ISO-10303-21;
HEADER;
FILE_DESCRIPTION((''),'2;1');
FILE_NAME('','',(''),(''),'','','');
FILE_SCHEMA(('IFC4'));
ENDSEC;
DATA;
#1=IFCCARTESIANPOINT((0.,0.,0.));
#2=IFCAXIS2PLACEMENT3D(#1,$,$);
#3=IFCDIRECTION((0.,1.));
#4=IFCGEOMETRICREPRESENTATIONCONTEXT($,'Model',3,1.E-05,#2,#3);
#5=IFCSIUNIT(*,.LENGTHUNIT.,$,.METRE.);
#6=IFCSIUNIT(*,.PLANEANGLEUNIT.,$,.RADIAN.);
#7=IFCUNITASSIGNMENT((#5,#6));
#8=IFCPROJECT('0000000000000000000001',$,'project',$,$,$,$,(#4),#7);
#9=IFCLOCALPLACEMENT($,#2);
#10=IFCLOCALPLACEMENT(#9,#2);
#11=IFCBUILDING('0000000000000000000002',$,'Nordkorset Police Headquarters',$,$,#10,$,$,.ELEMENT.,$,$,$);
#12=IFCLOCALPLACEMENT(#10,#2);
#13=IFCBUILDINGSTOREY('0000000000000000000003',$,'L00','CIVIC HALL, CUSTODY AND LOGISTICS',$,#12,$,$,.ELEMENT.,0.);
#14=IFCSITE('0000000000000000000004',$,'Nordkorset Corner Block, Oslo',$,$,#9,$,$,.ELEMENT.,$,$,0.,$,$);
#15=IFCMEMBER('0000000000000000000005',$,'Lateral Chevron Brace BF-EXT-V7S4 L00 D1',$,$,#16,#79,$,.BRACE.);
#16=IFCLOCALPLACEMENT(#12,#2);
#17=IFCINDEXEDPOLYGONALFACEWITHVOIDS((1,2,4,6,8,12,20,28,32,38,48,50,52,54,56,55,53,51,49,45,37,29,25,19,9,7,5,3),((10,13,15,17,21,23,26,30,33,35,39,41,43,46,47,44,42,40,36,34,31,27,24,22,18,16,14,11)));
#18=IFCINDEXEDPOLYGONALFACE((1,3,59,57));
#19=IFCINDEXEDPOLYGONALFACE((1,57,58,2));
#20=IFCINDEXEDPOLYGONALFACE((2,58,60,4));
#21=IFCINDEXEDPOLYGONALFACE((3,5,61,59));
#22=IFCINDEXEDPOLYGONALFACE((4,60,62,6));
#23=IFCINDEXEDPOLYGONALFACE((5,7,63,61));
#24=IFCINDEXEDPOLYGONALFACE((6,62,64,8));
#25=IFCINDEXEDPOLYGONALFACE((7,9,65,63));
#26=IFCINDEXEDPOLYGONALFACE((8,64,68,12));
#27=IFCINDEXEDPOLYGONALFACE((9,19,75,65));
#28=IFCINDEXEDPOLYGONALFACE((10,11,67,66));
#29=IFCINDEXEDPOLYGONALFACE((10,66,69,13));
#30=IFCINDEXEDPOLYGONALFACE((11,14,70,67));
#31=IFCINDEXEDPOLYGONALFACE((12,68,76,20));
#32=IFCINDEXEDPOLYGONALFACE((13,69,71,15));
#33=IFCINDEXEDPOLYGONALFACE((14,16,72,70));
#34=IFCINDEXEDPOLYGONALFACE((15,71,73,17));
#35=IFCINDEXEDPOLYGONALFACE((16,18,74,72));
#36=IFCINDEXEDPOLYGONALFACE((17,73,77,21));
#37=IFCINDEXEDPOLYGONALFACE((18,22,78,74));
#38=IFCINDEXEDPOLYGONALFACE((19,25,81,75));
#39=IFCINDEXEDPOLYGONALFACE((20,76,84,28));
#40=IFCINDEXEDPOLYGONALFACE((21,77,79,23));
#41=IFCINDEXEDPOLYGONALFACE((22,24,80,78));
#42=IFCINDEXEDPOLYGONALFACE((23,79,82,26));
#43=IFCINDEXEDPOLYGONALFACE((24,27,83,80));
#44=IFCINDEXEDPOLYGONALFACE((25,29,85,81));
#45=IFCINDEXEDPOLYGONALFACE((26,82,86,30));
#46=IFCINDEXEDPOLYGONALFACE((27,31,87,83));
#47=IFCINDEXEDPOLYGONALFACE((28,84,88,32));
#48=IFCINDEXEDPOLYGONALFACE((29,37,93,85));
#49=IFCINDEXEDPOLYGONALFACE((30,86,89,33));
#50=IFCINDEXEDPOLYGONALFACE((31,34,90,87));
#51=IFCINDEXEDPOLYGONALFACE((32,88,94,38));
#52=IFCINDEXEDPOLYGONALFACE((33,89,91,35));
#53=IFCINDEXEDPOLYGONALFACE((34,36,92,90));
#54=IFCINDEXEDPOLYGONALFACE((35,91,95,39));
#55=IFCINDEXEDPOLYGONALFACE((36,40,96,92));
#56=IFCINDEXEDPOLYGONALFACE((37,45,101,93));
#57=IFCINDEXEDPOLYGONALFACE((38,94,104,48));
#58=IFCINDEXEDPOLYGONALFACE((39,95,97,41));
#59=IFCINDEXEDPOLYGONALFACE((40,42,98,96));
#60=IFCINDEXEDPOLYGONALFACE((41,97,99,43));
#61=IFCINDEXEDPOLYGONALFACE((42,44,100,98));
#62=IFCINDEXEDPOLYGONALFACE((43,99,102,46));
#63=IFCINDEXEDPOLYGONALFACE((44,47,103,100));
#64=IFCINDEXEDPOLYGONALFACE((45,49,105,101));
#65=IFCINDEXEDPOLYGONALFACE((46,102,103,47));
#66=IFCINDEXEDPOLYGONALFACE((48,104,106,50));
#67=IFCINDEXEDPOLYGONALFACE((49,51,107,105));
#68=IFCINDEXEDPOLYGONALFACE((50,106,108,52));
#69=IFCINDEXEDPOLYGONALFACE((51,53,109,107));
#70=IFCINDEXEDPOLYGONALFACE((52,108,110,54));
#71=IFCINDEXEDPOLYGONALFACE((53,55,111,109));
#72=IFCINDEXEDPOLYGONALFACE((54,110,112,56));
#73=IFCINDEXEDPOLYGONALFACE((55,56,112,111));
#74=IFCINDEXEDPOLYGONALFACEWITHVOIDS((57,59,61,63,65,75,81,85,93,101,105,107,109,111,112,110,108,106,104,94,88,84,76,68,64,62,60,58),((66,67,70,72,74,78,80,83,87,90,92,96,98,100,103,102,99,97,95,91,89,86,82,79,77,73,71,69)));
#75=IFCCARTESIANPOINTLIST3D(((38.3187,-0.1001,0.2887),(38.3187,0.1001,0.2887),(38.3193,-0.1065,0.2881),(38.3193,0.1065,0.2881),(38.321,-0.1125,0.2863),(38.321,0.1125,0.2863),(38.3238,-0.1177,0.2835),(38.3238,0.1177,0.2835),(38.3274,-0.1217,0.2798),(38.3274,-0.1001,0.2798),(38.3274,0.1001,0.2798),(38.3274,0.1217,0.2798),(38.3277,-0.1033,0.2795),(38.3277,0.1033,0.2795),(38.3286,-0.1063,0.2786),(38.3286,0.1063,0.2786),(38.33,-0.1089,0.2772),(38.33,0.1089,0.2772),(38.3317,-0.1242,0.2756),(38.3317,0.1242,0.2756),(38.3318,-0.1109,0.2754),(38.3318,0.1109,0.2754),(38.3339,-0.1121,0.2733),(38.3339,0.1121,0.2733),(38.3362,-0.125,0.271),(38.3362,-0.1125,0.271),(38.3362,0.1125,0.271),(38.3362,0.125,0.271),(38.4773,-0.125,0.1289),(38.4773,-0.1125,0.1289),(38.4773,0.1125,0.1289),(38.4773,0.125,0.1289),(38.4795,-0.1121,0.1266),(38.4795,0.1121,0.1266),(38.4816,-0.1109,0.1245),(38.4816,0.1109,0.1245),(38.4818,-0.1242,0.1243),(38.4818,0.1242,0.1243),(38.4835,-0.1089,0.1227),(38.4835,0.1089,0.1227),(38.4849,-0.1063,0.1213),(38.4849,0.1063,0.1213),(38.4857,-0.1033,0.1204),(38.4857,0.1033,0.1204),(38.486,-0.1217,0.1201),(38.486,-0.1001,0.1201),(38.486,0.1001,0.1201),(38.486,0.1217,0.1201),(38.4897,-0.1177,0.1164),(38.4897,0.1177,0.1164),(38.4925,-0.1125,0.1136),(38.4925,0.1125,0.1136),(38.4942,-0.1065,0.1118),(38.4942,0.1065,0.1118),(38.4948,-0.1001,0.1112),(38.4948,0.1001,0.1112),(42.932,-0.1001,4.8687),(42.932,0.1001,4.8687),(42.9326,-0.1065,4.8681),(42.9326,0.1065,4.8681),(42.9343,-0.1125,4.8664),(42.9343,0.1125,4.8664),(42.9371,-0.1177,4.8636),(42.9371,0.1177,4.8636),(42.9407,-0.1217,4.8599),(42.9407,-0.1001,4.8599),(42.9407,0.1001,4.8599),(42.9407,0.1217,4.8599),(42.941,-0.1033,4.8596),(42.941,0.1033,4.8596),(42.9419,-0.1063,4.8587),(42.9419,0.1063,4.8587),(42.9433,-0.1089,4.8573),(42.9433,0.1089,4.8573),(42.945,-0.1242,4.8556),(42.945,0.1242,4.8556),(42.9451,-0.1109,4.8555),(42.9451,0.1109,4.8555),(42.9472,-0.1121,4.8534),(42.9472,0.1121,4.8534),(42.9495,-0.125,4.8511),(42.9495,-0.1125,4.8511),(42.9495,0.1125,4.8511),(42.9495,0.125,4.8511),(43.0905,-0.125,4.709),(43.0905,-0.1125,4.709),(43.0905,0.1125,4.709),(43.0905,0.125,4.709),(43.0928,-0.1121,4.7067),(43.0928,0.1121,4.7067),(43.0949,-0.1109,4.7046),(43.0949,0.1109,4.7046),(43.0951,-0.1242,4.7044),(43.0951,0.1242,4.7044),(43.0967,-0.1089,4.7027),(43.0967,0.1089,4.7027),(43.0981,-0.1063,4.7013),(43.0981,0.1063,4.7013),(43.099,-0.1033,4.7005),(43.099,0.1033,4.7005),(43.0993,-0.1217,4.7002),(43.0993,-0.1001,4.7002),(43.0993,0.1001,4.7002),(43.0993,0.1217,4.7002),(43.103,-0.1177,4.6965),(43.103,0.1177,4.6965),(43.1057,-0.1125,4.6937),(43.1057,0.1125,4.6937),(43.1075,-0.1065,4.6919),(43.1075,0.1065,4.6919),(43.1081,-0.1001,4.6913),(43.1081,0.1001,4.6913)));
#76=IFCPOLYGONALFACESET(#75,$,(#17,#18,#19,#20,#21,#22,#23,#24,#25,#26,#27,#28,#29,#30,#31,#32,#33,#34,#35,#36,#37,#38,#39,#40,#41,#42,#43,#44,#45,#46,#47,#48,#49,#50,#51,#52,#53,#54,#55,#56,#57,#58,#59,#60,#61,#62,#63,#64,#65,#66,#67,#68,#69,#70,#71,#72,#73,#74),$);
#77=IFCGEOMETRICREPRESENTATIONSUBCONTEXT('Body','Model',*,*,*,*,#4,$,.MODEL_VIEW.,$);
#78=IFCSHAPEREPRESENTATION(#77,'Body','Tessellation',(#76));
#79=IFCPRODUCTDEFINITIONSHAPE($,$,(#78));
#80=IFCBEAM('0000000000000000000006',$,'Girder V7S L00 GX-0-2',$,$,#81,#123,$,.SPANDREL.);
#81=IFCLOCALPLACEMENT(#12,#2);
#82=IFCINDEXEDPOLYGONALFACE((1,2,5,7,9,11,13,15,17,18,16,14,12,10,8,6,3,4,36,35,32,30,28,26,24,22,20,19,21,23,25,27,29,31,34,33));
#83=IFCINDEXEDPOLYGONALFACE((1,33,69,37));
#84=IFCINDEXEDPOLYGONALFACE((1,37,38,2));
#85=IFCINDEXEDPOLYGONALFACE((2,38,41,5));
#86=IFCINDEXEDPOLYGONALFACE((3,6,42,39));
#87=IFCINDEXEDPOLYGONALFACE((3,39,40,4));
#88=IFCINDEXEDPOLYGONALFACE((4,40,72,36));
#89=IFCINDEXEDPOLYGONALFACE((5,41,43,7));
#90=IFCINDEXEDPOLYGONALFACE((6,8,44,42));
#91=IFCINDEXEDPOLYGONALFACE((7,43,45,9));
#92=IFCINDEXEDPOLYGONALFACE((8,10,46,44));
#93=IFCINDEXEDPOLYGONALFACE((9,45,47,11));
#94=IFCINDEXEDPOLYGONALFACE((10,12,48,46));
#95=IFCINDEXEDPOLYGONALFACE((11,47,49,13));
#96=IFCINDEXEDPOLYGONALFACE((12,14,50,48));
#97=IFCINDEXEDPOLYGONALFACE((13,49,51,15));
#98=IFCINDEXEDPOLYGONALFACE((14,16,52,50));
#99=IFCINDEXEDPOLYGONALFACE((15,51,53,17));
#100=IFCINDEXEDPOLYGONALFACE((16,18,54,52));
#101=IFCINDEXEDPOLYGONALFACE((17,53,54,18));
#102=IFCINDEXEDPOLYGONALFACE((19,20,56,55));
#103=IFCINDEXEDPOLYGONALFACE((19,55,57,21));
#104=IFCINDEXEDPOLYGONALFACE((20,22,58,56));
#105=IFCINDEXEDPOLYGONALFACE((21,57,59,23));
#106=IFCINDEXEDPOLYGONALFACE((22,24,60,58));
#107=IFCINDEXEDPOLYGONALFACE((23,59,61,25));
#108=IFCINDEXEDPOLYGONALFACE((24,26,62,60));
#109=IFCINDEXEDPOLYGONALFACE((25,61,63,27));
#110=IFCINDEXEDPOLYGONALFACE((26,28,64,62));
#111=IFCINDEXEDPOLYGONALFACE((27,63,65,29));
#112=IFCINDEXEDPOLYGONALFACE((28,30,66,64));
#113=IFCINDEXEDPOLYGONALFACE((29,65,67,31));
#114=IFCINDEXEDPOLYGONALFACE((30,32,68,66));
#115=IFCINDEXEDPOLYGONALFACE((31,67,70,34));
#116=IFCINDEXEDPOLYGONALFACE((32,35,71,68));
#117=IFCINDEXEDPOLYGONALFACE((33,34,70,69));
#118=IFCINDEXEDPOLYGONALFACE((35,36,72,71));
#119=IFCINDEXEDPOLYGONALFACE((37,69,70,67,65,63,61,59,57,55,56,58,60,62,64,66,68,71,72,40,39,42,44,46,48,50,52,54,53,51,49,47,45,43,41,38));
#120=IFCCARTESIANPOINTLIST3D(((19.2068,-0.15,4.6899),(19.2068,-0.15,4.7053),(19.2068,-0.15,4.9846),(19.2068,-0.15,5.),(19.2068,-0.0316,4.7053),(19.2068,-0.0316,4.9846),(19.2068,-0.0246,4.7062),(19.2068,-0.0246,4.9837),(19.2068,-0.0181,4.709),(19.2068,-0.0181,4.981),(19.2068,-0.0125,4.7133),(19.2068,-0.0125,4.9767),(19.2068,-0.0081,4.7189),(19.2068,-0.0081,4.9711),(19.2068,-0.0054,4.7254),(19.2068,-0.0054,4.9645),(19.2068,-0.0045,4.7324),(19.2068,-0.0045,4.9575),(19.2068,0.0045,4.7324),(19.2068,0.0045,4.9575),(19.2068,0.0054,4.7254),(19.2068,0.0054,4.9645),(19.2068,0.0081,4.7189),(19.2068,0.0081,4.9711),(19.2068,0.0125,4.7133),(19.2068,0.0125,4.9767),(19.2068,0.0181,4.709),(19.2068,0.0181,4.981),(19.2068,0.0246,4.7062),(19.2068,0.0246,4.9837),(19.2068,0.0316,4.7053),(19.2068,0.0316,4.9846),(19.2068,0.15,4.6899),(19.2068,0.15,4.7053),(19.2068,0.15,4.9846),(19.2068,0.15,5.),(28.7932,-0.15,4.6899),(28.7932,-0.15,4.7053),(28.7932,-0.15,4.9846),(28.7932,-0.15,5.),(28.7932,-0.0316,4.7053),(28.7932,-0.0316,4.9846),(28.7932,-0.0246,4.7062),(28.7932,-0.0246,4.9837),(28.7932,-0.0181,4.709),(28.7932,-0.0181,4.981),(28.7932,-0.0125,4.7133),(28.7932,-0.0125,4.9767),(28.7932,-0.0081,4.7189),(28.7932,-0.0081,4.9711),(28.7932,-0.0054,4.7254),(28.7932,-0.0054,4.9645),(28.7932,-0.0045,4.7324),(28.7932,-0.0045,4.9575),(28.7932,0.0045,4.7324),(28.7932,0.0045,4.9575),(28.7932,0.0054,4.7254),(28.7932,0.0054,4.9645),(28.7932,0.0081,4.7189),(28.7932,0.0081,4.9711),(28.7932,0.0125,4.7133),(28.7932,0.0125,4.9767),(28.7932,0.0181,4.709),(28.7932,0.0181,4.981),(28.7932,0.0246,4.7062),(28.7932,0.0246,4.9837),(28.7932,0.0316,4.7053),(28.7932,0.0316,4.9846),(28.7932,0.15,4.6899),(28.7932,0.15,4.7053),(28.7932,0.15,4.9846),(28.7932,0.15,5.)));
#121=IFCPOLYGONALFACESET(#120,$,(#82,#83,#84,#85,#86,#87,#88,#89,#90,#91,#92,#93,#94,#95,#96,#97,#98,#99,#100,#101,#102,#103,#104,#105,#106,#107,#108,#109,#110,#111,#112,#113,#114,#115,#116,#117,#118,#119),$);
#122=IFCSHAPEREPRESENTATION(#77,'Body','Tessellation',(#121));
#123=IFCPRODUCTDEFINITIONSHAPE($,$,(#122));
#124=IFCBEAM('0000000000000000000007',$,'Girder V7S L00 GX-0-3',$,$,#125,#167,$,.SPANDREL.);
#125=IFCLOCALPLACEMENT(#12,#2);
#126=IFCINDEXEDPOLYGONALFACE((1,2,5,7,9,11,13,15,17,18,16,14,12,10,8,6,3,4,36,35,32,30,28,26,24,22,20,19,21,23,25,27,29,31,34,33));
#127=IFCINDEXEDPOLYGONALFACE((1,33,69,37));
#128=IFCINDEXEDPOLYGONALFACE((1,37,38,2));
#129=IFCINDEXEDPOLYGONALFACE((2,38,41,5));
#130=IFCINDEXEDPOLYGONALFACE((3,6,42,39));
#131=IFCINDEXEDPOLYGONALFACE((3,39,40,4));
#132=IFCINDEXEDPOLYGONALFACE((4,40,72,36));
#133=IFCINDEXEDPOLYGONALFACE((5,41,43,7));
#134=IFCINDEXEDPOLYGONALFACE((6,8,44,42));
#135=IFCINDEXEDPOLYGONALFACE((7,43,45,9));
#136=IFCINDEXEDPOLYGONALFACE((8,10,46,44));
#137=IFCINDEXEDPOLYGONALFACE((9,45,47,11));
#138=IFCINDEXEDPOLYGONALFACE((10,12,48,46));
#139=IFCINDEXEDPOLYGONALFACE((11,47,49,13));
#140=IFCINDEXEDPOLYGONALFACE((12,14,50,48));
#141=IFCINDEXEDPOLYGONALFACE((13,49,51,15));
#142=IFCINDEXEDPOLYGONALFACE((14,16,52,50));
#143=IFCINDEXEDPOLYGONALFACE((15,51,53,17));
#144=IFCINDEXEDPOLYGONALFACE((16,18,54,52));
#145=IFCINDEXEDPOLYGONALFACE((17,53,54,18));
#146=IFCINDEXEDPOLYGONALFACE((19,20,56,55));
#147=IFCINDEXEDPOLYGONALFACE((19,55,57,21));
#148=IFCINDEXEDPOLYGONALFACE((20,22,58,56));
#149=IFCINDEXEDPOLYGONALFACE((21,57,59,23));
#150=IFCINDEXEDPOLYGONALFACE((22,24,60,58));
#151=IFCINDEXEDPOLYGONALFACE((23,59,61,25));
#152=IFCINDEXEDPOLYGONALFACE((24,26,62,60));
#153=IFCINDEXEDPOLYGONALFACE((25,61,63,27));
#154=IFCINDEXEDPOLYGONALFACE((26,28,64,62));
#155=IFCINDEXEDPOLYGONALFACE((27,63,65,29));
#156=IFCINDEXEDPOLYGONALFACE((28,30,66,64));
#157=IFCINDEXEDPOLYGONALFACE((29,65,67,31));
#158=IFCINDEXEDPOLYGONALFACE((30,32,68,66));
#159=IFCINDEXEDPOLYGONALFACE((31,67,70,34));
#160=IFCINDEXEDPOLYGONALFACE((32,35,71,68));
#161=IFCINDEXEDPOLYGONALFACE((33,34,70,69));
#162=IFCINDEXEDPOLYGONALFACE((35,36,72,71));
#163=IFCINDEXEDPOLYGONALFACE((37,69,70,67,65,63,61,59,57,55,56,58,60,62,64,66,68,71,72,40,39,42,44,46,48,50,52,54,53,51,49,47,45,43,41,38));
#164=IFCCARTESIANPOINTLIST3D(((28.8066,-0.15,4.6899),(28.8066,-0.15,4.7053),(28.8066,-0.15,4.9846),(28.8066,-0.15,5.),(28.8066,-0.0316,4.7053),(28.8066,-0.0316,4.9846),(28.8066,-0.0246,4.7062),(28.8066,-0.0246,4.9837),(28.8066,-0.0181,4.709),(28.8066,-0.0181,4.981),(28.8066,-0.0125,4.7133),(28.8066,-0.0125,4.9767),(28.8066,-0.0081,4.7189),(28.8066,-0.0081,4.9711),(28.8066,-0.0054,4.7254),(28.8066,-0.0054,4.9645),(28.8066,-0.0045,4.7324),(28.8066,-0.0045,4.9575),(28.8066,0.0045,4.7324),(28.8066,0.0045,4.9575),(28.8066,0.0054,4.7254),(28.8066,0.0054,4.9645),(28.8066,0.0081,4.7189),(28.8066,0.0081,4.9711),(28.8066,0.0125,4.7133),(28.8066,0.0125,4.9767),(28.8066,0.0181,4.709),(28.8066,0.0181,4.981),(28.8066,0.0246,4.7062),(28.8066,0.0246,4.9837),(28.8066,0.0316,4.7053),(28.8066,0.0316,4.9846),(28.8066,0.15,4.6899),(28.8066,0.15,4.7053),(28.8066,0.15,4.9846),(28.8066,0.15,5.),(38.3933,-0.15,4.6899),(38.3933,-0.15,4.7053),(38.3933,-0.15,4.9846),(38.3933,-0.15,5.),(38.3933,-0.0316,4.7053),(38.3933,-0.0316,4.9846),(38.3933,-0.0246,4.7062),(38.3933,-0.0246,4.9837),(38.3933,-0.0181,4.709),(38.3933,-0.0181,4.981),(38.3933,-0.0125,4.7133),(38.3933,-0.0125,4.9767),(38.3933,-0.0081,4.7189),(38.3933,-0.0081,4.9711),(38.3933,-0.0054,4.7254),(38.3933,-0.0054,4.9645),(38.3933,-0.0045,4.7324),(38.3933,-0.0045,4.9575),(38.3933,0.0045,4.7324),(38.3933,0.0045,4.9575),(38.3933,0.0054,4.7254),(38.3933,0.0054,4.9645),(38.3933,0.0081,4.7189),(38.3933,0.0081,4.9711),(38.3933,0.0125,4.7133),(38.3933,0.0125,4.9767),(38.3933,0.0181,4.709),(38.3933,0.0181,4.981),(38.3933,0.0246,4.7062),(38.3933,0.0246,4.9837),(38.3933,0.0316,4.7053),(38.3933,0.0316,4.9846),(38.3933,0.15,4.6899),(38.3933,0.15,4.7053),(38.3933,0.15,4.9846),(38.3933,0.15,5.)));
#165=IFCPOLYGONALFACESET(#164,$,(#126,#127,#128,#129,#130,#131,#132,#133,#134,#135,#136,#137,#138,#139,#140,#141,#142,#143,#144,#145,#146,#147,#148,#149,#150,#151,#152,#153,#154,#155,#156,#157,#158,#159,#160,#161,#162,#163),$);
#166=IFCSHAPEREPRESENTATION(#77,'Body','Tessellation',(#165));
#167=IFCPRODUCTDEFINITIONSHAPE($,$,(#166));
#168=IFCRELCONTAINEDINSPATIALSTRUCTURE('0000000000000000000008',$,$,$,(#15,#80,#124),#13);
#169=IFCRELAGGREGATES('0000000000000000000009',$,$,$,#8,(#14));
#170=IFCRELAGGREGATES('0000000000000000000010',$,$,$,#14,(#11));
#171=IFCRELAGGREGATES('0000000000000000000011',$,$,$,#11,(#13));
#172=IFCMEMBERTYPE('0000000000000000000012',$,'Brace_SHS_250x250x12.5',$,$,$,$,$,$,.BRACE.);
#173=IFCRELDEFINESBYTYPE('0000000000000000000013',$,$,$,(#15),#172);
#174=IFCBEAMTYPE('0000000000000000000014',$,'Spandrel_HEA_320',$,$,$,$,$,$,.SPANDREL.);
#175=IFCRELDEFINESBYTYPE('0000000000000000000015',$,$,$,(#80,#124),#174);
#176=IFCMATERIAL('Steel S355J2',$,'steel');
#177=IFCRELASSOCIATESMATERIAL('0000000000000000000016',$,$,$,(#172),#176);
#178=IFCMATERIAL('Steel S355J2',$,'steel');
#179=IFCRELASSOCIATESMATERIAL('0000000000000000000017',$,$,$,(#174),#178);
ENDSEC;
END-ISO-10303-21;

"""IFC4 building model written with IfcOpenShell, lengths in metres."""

from ifc_helpers import new_model, si_unit, direction, frame, origin, origin_2d, place, context, subcontext, project, spatial, hollow_rectangle, i_section, extrude, material, material_profile, profile_set, type_object, element, save


model = new_model("IFC4")

# Units and contexts
model_context = context("Model", 3, precision=1e-05, world=origin(), true_north=direction((0.0, 1.0)))
body_context = subcontext(model_context, "Body", "Model", "MODEL_VIEW")
ifc_project = project(units=[si_unit("LENGTHUNIT", "METRE"), si_unit("PLANEANGLEUNIT", "RADIAN")], contexts=[model_context])

# Site, building, storey
site_placement = place(None, origin())
site = spatial("IfcSite", under=ifc_project, at=site_placement, Name="Nordkorset Corner Block, Oslo", CompositionType="ELEMENT", RefElevation=0.0)
building_placement = place(site_placement, origin())
building = spatial("IfcBuilding", under=site, at=building_placement, Name="Nordkorset Police Headquarters", CompositionType="ELEMENT")
storey_placement = place(building_placement, origin())
storey = spatial("IfcBuildingStorey", under=building, at=storey_placement, Name="L00", Description="CIVIC HALL, CUSTODY AND LOGISTICS", CompositionType="ELEMENT", Elevation=0.0)

# Member
ifc_material_1 = material(Name="Steel S355J2", Category="steel")
ifc_material_profile_1 = material_profile(ifc_material_1, hollow_rectangle(XDim=0.25, YDim=0.25, WallThickness=0.0125, InnerFilletRadius=0.0125, OuterFilletRadius=0.0249, at=origin_2d()), Name="SHS 250x250x12.5")
ifc_profile_set_1 = profile_set([ifc_material_profile_1], Name="Steel S355J2")
member_type = type_object("IfcMemberType", Name="Brace_SHS_250x250x12.5", PredefinedType="BRACE", material=ifc_profile_set_1)
member_placement = place(storey_placement, frame((38.4067, 0.0, 0.2), z_axis=(0.709656, 0.0, 0.704548), x_axis=(0.0, 1.0, 0.0)))
element("IfcMember", 1, at=member_placement, inside=storey, type_object=member_type, Name="Lateral Chevron Brace BF-EXT-V7S4 L00 D1", PredefinedType="BRACE", context=body_context, shape_type="SweptSolid", body=[
    extrude(hollow_rectangle(XDim=0.25, YDim=0.25, WallThickness=0.0125, InnerFilletRadius=0.0125, OuterFilletRadius=0.0249, at=origin_2d()), origin(), (0.0, 0.0, 1.0), 6.5007),
])

# Beams
ifc_material_2 = material(Name="Steel S355J2", Category="steel")
ifc_material_profile_2 = material_profile(ifc_material_2, i_section(OverallWidth=0.3, OverallDepth=0.3101, WebThickness=0.009, FlangeThickness=0.0154, FilletRadius=0.0271, at=origin_2d()), Name="HEA 320")
ifc_profile_set_2 = profile_set([ifc_material_profile_2], Name="Steel S355J2")
beam_type_1 = type_object("IfcBeamType", Name="Spandrel_HEA_320", PredefinedType="SPANDREL", material=ifc_profile_set_2)
beam_placement = place(storey_placement, frame((19.2068, 0.0, 4.845), z_axis=(1.0, 0.0, 0.0), x_axis=(0.0, 1.0, 0.0)))
element("IfcBeam", 2, at=beam_placement, inside=storey, type_object=beam_type_1, Name="Girder V7S L00 GX-0-2", PredefinedType="SPANDREL", context=body_context, shape_type="SweptSolid", body=[
    extrude(i_section(OverallWidth=0.3, OverallDepth=0.3101, WebThickness=0.009, FlangeThickness=0.0154, FilletRadius=0.0271, at=origin_2d()), origin(), (0.0, 0.0, 1.0), 9.5864),
])
for number, where, z_axis, x_axis, name in (
    (3, (28.8066, 0.0, 4.845), (1.0, 0.0, 0.0), (0.0, 1.0, 0.0), "Girder V7S L00 GX-0-3"),
):
    element("IfcBeam", number, at=place(storey_placement, frame(where, z_axis=z_axis, x_axis=x_axis)), inside=storey, type_object=beam_type_1, Name=name, PredefinedType="SPANDREL", context=body_context, shape_type="SweptSolid", body=[
        extrude(i_section(OverallWidth=0.3, OverallDepth=0.3101, WebThickness=0.009, FlangeThickness=0.0154, FilletRadius=0.0271, at=origin_2d()), origin(), (0.0, 0.0, 1.0), 9.5867),
    ])

save(model, "model.ifc")
